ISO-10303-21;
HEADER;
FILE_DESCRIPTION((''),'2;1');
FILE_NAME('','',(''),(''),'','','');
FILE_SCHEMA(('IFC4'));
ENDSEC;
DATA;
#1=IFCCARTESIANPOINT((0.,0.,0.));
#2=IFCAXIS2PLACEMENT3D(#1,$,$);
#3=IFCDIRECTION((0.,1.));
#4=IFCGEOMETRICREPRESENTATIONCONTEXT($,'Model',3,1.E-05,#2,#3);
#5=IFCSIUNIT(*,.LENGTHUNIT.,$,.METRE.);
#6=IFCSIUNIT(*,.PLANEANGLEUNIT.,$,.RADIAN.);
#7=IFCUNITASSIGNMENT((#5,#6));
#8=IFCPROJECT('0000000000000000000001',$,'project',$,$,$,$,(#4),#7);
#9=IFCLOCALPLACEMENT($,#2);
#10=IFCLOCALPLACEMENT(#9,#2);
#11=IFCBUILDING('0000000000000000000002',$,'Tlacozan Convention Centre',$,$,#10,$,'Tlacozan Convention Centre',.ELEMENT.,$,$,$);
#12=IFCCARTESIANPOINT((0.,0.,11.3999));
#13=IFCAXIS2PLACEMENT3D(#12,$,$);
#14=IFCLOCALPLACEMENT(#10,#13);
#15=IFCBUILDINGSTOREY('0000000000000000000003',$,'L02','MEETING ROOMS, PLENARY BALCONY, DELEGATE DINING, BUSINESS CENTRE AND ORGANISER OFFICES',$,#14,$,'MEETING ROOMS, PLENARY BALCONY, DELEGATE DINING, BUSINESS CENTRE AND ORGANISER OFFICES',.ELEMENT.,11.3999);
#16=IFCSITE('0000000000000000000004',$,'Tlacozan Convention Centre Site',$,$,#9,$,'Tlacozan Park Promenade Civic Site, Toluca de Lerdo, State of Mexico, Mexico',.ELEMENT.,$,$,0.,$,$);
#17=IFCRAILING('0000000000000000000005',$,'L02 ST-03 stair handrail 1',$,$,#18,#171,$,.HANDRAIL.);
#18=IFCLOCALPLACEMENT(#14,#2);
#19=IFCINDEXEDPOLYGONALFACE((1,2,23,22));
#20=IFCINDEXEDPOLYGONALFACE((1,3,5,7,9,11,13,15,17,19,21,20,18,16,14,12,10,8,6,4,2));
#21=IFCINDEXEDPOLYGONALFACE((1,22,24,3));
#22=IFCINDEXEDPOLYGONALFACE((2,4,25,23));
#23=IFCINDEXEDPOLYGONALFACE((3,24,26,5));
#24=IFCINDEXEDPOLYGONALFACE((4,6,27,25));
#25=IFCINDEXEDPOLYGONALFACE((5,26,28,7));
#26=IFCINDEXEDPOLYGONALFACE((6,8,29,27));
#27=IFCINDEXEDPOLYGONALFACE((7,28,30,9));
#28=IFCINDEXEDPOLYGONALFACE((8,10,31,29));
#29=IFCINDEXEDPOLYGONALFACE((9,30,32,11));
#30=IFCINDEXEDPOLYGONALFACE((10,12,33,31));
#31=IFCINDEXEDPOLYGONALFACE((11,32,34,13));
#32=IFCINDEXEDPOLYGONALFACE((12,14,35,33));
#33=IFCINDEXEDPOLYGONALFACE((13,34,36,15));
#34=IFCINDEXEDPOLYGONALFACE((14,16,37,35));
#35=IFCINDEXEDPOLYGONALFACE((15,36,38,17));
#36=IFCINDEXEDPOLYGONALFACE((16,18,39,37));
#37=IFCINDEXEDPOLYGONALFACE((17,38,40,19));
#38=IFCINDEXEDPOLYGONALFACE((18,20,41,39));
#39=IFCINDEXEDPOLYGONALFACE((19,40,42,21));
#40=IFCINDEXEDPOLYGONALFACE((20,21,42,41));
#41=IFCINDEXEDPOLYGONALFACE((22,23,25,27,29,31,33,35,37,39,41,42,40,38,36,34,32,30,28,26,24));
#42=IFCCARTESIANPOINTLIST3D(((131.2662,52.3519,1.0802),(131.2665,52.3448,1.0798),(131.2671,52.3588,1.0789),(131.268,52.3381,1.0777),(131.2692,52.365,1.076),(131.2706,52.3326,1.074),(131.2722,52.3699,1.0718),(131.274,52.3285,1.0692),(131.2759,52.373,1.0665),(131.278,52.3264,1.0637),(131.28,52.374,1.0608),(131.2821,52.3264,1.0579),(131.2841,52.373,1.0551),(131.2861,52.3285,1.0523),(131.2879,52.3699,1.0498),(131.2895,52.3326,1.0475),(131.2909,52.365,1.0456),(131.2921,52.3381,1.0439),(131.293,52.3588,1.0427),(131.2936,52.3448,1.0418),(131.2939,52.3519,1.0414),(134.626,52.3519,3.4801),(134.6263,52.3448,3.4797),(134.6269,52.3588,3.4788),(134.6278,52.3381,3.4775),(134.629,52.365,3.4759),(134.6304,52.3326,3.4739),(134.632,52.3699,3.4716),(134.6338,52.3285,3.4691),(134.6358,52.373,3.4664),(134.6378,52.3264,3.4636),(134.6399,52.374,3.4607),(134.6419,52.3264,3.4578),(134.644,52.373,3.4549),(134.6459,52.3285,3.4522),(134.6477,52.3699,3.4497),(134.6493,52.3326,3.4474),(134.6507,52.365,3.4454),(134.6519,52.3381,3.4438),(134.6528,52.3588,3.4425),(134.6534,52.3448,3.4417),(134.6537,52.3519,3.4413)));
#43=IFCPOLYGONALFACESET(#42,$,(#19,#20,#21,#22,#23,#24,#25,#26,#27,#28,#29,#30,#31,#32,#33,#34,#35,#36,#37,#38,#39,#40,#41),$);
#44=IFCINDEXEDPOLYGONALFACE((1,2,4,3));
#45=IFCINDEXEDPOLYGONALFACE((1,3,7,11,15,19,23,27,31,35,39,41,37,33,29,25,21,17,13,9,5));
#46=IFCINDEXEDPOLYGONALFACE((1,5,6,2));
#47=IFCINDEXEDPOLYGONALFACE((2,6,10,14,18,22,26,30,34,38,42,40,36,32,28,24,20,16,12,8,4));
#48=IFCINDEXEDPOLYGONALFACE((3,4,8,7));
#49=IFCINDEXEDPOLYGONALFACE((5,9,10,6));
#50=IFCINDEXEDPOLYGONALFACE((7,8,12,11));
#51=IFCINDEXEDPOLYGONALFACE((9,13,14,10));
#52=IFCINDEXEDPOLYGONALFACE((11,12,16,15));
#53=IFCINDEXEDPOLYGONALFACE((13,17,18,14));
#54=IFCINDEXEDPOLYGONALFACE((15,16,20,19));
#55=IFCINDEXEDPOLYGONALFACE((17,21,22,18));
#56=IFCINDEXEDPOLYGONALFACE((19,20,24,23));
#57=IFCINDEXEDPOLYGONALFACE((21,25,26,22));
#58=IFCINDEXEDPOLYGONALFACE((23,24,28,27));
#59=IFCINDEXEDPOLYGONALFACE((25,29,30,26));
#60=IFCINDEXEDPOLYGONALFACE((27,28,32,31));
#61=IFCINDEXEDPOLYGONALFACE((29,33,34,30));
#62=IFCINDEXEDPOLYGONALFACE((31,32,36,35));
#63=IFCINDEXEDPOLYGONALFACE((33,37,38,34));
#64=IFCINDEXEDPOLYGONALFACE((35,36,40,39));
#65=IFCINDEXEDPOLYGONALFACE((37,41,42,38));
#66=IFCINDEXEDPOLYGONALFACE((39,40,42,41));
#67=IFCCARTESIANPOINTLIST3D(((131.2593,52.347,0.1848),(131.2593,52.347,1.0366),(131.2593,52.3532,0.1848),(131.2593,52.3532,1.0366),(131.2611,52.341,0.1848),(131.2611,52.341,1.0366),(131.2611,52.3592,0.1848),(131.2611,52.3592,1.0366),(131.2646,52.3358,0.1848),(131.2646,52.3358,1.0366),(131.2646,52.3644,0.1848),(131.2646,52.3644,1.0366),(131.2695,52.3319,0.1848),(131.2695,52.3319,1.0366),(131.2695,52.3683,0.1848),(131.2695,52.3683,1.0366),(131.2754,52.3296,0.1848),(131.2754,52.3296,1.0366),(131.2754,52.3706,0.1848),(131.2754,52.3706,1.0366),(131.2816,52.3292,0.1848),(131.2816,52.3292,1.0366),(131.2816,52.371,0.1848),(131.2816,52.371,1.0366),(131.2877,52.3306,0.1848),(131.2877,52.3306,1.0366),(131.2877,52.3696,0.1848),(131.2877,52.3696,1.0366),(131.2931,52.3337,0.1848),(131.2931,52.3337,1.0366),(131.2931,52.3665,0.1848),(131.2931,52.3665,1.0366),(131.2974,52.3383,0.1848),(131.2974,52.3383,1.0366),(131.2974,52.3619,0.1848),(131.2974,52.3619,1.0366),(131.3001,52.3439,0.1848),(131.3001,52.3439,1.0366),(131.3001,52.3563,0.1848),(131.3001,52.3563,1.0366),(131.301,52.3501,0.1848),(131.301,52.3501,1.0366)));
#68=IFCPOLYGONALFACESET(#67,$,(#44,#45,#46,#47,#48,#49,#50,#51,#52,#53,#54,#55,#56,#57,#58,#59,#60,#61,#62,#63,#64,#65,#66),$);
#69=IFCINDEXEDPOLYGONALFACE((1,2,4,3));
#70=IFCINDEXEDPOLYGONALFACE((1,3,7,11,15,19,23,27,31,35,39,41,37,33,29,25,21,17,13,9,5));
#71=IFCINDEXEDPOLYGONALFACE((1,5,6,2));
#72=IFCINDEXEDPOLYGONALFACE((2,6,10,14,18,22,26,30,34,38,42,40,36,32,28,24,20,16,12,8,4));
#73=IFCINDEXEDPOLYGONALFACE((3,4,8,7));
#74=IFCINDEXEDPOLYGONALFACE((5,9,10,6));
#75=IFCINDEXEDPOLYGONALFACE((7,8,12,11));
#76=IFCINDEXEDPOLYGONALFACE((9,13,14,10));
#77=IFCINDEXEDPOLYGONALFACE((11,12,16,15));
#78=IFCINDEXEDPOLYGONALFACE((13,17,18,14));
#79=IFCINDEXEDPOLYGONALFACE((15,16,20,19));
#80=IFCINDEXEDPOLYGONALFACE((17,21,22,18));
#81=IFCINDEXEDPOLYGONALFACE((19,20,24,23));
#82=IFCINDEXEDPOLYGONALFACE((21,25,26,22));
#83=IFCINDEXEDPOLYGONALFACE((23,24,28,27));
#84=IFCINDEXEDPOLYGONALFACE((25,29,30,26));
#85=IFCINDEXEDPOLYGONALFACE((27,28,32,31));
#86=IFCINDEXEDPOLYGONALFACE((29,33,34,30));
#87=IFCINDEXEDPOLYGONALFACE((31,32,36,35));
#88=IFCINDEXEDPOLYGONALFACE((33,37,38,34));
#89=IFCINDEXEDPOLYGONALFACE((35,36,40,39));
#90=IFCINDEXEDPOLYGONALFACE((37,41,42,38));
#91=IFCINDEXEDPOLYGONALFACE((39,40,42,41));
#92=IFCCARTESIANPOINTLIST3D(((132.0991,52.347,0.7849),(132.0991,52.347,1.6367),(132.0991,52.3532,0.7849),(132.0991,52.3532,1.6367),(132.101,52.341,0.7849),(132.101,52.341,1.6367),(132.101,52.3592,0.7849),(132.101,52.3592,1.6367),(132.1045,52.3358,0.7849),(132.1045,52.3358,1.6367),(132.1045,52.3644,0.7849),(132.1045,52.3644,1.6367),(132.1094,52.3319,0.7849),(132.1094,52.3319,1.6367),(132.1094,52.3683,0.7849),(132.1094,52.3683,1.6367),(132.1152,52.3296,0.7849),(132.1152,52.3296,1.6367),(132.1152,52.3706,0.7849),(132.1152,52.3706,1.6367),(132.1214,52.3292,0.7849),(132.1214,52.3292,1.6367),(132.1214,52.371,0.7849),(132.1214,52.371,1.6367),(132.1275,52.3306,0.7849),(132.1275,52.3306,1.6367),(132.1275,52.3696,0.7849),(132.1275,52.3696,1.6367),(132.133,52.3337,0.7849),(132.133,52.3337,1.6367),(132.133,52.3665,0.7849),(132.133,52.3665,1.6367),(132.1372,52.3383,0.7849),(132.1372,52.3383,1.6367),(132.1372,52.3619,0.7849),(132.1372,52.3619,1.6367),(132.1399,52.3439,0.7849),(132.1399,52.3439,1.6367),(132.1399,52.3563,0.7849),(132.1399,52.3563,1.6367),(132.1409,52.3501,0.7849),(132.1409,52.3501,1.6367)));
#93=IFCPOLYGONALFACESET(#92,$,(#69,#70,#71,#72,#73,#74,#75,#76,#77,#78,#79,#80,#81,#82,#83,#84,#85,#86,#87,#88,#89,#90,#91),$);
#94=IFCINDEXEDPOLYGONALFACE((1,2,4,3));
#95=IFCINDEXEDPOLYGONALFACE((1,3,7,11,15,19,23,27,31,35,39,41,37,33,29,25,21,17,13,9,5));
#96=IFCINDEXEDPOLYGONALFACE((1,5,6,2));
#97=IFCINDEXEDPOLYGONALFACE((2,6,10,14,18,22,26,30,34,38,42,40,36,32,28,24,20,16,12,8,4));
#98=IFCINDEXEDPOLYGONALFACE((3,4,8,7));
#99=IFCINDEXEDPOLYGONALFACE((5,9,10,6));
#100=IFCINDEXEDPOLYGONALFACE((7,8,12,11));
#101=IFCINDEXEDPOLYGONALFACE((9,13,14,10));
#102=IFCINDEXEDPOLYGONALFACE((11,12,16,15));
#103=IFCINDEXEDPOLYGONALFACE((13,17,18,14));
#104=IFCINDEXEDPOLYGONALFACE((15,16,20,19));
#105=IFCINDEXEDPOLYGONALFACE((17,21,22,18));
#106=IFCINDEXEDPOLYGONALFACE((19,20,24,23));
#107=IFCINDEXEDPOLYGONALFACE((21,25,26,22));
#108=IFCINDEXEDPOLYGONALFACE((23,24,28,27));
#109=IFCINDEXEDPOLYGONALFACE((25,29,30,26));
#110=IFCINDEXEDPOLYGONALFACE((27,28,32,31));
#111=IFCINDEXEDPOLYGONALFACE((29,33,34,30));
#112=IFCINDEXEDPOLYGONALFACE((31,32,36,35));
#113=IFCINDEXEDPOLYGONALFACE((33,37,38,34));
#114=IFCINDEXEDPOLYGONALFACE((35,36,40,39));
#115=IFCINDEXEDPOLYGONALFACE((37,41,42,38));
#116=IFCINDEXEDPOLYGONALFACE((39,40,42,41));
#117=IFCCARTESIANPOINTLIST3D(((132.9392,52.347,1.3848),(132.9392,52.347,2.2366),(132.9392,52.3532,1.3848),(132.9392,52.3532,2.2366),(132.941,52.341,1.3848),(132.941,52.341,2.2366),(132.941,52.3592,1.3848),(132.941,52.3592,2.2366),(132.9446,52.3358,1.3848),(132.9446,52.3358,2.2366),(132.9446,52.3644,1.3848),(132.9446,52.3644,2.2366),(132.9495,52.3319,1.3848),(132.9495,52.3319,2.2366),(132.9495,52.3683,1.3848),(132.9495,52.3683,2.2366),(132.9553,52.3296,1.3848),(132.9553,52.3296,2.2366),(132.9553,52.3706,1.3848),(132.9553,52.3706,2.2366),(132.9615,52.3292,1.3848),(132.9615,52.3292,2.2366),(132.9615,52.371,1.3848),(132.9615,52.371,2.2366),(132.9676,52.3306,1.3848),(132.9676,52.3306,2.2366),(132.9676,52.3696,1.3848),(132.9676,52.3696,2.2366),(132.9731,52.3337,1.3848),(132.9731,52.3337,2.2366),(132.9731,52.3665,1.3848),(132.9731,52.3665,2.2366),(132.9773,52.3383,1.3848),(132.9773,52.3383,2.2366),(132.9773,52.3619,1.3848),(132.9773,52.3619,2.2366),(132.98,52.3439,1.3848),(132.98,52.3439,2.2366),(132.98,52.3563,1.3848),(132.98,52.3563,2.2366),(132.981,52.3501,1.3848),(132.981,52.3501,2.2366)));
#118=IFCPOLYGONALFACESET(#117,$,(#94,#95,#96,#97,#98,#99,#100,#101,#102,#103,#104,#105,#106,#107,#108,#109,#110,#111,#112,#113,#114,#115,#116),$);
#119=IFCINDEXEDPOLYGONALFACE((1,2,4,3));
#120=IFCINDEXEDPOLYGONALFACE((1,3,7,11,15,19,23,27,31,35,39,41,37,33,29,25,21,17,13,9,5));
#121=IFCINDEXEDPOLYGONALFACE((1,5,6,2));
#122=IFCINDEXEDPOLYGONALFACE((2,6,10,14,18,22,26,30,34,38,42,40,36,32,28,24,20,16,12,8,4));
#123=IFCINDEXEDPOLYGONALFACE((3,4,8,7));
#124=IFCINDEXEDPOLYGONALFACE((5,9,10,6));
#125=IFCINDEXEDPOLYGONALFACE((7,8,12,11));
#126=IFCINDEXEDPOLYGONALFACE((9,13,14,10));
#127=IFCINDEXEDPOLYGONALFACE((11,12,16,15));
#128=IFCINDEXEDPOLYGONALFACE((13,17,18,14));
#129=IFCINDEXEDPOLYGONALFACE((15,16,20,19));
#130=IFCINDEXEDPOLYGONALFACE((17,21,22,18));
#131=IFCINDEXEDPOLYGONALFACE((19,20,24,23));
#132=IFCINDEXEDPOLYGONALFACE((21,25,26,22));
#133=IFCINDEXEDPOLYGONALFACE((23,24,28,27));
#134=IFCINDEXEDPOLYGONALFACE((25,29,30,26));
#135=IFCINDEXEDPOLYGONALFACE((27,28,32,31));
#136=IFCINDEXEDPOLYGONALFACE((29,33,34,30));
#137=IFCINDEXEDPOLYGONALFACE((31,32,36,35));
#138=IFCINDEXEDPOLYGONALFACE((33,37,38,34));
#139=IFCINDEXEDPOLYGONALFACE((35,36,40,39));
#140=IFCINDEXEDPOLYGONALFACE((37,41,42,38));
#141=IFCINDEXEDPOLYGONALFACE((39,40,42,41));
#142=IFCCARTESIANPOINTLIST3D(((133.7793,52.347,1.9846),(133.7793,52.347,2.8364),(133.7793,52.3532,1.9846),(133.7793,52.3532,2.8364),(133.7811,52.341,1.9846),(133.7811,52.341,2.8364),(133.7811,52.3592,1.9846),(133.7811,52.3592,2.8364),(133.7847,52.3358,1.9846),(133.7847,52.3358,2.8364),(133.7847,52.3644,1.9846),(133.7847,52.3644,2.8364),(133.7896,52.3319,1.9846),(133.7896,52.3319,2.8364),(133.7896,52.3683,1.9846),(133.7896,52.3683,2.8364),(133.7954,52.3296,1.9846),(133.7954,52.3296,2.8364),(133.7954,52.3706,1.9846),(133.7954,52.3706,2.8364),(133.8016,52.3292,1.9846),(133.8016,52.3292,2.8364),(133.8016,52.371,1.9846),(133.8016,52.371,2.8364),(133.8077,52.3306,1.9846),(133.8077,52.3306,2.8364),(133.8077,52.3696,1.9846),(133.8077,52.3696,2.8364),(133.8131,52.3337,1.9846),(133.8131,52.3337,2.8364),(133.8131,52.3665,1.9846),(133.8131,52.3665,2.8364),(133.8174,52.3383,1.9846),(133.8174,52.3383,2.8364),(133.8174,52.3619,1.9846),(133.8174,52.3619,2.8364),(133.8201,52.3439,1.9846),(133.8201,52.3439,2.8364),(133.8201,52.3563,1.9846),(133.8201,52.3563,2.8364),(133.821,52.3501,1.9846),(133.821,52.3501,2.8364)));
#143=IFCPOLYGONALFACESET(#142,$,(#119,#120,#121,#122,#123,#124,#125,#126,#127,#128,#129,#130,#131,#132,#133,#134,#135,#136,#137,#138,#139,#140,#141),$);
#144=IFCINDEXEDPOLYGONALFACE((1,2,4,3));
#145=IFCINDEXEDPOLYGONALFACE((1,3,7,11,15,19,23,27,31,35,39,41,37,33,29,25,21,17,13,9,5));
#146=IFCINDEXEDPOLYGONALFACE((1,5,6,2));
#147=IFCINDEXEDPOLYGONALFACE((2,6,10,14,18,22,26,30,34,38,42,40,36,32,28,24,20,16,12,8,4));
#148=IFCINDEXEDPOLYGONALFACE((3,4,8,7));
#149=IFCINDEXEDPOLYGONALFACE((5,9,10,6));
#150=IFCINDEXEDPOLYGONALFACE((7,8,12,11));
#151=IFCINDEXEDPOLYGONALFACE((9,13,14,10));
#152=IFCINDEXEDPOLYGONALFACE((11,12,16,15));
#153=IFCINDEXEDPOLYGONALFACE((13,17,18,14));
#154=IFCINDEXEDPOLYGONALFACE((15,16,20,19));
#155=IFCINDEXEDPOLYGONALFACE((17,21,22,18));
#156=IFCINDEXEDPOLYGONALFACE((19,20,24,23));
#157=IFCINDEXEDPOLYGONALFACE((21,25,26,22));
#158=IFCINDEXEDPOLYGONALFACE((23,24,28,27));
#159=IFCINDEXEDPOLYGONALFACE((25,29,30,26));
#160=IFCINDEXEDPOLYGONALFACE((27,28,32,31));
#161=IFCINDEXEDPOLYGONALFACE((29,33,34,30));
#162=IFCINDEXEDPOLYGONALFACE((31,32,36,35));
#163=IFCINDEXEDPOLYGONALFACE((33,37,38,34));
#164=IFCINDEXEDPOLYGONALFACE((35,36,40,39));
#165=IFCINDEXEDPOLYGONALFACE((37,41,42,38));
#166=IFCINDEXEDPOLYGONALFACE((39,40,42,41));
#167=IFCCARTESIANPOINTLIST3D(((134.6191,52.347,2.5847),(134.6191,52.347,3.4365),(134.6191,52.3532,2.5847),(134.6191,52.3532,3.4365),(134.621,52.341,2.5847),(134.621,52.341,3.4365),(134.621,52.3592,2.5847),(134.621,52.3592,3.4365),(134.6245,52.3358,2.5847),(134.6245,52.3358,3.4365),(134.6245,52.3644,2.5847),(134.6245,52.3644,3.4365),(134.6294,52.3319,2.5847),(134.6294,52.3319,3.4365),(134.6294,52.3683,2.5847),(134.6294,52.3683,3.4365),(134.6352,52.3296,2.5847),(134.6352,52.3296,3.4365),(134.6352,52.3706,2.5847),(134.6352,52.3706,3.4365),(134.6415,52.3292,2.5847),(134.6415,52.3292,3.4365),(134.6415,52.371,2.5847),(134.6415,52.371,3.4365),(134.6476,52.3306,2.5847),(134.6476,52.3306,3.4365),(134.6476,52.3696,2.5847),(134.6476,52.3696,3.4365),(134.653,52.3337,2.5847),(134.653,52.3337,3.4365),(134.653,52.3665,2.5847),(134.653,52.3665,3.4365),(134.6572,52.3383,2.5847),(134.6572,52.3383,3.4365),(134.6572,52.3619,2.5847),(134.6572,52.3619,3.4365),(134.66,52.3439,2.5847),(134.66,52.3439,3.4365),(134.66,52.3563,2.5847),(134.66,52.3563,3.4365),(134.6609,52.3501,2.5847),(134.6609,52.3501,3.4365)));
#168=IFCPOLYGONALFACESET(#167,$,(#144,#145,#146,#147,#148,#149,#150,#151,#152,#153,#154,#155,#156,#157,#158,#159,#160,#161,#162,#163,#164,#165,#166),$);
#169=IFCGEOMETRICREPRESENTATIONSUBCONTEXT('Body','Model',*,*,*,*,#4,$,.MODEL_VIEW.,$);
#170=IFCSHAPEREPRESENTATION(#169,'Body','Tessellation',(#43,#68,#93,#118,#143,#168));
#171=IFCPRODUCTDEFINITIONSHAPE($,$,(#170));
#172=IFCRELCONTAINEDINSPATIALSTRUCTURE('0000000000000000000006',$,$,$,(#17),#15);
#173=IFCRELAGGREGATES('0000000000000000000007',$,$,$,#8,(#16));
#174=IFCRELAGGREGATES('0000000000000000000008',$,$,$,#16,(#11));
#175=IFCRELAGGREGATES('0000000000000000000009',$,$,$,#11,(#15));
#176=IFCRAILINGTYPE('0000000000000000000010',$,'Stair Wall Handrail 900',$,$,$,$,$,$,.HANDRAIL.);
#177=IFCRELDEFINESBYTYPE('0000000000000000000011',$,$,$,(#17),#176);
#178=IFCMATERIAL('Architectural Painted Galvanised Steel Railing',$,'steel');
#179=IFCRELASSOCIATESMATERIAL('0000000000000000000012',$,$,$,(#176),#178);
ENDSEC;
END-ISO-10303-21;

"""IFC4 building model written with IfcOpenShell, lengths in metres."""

from ifc_helpers import new_model, si_unit, direction, frame, origin, origin_2d, place, context, subcontext, project, spatial, circle, extrude, material, type_object, element, save


model = new_model("IFC4")

# Units and contexts
model_context = context("Model", 3, precision=1e-05, world=origin(), true_north=direction((0.0, 1.0)))
body_context = subcontext(model_context, "Body", "Model", "MODEL_VIEW")
ifc_project = project(units=[si_unit("LENGTHUNIT", "METRE"), si_unit("PLANEANGLEUNIT", "RADIAN")], contexts=[model_context])

# Site, building, storey
site_placement = place(None, origin())
site = spatial("IfcSite", under=ifc_project, at=site_placement, Name="Tlacozan Convention Centre Site", LongName="Tlacozan Park Promenade Civic Site, Toluca de Lerdo, State of Mexico, Mexico", CompositionType="ELEMENT", RefElevation=0.0)
building_placement = place(site_placement, origin())
building = spatial("IfcBuilding", under=site, at=building_placement, Name="Tlacozan Convention Centre", LongName="Tlacozan Convention Centre", CompositionType="ELEMENT")
storey_placement = place(building_placement, frame((0.0, 0.0, 11.3999)))
storey = spatial("IfcBuildingStorey", under=building, at=storey_placement, Name="L02", Description="MEETING ROOMS, PLENARY BALCONY, DELEGATE DINING, BUSINESS CENTRE AND ORGANISER OFFICES", LongName="MEETING ROOMS, PLENARY BALCONY, DELEGATE DINING, BUSINESS CENTRE AND ORGANISER OFFICES", CompositionType="ELEMENT", Elevation=11.3999)

# Railing
ifc_material_1 = material(Name="Architectural Painted Galvanised Steel Railing", Category="steel")
railing_type_1 = type_object("IfcRailingType", Name="Stair Wall Handrail 900", PredefinedType="HANDRAIL", material=ifc_material_1)
railing_1_placement = place(storey_placement, frame((131.28, 52.3501, 0.1848)))
element("IfcRailing", 1, at=railing_1_placement, inside=storey, type_object=railing_type_1, Name="L02 ST-03 stair handrail 1", PredefinedType="HANDRAIL", context=body_context, shape_type="SweptSolid", body=[
    extrude(circle(Radius=0.0239, at=origin_2d()), frame((0.0, 0.0, 0.876), z_axis=(0.813733, 0.0, 0.581238), x_axis=(0.0, 1.0, 0.0)), (0.0, 0.0, 1.0), 4.1289),
    extrude(circle(Radius=0.021, at=origin_2d()), origin(), (0.0, 0.0, 1.0), 0.8518),
    extrude(circle(Radius=0.021, at=origin_2d()), frame((0.8398, 0.0, 0.6001)), (0.0, 0.0, 1.0), 0.8518),
    extrude(circle(Radius=0.021, at=origin_2d()), frame((1.6799, 0.0, 1.2)), (0.0, 0.0, 1.0), 0.8518),
    extrude(circle(Radius=0.021, at=origin_2d()), frame((2.52, 0.0, 1.7998)), (0.0, 0.0, 1.0), 0.8518),
    extrude(circle(Radius=0.021, at=origin_2d()), frame((3.3599, 0.0, 2.3999)), (0.0, 0.0, 1.0), 0.8518),
])

save(model, "model.ifc")
